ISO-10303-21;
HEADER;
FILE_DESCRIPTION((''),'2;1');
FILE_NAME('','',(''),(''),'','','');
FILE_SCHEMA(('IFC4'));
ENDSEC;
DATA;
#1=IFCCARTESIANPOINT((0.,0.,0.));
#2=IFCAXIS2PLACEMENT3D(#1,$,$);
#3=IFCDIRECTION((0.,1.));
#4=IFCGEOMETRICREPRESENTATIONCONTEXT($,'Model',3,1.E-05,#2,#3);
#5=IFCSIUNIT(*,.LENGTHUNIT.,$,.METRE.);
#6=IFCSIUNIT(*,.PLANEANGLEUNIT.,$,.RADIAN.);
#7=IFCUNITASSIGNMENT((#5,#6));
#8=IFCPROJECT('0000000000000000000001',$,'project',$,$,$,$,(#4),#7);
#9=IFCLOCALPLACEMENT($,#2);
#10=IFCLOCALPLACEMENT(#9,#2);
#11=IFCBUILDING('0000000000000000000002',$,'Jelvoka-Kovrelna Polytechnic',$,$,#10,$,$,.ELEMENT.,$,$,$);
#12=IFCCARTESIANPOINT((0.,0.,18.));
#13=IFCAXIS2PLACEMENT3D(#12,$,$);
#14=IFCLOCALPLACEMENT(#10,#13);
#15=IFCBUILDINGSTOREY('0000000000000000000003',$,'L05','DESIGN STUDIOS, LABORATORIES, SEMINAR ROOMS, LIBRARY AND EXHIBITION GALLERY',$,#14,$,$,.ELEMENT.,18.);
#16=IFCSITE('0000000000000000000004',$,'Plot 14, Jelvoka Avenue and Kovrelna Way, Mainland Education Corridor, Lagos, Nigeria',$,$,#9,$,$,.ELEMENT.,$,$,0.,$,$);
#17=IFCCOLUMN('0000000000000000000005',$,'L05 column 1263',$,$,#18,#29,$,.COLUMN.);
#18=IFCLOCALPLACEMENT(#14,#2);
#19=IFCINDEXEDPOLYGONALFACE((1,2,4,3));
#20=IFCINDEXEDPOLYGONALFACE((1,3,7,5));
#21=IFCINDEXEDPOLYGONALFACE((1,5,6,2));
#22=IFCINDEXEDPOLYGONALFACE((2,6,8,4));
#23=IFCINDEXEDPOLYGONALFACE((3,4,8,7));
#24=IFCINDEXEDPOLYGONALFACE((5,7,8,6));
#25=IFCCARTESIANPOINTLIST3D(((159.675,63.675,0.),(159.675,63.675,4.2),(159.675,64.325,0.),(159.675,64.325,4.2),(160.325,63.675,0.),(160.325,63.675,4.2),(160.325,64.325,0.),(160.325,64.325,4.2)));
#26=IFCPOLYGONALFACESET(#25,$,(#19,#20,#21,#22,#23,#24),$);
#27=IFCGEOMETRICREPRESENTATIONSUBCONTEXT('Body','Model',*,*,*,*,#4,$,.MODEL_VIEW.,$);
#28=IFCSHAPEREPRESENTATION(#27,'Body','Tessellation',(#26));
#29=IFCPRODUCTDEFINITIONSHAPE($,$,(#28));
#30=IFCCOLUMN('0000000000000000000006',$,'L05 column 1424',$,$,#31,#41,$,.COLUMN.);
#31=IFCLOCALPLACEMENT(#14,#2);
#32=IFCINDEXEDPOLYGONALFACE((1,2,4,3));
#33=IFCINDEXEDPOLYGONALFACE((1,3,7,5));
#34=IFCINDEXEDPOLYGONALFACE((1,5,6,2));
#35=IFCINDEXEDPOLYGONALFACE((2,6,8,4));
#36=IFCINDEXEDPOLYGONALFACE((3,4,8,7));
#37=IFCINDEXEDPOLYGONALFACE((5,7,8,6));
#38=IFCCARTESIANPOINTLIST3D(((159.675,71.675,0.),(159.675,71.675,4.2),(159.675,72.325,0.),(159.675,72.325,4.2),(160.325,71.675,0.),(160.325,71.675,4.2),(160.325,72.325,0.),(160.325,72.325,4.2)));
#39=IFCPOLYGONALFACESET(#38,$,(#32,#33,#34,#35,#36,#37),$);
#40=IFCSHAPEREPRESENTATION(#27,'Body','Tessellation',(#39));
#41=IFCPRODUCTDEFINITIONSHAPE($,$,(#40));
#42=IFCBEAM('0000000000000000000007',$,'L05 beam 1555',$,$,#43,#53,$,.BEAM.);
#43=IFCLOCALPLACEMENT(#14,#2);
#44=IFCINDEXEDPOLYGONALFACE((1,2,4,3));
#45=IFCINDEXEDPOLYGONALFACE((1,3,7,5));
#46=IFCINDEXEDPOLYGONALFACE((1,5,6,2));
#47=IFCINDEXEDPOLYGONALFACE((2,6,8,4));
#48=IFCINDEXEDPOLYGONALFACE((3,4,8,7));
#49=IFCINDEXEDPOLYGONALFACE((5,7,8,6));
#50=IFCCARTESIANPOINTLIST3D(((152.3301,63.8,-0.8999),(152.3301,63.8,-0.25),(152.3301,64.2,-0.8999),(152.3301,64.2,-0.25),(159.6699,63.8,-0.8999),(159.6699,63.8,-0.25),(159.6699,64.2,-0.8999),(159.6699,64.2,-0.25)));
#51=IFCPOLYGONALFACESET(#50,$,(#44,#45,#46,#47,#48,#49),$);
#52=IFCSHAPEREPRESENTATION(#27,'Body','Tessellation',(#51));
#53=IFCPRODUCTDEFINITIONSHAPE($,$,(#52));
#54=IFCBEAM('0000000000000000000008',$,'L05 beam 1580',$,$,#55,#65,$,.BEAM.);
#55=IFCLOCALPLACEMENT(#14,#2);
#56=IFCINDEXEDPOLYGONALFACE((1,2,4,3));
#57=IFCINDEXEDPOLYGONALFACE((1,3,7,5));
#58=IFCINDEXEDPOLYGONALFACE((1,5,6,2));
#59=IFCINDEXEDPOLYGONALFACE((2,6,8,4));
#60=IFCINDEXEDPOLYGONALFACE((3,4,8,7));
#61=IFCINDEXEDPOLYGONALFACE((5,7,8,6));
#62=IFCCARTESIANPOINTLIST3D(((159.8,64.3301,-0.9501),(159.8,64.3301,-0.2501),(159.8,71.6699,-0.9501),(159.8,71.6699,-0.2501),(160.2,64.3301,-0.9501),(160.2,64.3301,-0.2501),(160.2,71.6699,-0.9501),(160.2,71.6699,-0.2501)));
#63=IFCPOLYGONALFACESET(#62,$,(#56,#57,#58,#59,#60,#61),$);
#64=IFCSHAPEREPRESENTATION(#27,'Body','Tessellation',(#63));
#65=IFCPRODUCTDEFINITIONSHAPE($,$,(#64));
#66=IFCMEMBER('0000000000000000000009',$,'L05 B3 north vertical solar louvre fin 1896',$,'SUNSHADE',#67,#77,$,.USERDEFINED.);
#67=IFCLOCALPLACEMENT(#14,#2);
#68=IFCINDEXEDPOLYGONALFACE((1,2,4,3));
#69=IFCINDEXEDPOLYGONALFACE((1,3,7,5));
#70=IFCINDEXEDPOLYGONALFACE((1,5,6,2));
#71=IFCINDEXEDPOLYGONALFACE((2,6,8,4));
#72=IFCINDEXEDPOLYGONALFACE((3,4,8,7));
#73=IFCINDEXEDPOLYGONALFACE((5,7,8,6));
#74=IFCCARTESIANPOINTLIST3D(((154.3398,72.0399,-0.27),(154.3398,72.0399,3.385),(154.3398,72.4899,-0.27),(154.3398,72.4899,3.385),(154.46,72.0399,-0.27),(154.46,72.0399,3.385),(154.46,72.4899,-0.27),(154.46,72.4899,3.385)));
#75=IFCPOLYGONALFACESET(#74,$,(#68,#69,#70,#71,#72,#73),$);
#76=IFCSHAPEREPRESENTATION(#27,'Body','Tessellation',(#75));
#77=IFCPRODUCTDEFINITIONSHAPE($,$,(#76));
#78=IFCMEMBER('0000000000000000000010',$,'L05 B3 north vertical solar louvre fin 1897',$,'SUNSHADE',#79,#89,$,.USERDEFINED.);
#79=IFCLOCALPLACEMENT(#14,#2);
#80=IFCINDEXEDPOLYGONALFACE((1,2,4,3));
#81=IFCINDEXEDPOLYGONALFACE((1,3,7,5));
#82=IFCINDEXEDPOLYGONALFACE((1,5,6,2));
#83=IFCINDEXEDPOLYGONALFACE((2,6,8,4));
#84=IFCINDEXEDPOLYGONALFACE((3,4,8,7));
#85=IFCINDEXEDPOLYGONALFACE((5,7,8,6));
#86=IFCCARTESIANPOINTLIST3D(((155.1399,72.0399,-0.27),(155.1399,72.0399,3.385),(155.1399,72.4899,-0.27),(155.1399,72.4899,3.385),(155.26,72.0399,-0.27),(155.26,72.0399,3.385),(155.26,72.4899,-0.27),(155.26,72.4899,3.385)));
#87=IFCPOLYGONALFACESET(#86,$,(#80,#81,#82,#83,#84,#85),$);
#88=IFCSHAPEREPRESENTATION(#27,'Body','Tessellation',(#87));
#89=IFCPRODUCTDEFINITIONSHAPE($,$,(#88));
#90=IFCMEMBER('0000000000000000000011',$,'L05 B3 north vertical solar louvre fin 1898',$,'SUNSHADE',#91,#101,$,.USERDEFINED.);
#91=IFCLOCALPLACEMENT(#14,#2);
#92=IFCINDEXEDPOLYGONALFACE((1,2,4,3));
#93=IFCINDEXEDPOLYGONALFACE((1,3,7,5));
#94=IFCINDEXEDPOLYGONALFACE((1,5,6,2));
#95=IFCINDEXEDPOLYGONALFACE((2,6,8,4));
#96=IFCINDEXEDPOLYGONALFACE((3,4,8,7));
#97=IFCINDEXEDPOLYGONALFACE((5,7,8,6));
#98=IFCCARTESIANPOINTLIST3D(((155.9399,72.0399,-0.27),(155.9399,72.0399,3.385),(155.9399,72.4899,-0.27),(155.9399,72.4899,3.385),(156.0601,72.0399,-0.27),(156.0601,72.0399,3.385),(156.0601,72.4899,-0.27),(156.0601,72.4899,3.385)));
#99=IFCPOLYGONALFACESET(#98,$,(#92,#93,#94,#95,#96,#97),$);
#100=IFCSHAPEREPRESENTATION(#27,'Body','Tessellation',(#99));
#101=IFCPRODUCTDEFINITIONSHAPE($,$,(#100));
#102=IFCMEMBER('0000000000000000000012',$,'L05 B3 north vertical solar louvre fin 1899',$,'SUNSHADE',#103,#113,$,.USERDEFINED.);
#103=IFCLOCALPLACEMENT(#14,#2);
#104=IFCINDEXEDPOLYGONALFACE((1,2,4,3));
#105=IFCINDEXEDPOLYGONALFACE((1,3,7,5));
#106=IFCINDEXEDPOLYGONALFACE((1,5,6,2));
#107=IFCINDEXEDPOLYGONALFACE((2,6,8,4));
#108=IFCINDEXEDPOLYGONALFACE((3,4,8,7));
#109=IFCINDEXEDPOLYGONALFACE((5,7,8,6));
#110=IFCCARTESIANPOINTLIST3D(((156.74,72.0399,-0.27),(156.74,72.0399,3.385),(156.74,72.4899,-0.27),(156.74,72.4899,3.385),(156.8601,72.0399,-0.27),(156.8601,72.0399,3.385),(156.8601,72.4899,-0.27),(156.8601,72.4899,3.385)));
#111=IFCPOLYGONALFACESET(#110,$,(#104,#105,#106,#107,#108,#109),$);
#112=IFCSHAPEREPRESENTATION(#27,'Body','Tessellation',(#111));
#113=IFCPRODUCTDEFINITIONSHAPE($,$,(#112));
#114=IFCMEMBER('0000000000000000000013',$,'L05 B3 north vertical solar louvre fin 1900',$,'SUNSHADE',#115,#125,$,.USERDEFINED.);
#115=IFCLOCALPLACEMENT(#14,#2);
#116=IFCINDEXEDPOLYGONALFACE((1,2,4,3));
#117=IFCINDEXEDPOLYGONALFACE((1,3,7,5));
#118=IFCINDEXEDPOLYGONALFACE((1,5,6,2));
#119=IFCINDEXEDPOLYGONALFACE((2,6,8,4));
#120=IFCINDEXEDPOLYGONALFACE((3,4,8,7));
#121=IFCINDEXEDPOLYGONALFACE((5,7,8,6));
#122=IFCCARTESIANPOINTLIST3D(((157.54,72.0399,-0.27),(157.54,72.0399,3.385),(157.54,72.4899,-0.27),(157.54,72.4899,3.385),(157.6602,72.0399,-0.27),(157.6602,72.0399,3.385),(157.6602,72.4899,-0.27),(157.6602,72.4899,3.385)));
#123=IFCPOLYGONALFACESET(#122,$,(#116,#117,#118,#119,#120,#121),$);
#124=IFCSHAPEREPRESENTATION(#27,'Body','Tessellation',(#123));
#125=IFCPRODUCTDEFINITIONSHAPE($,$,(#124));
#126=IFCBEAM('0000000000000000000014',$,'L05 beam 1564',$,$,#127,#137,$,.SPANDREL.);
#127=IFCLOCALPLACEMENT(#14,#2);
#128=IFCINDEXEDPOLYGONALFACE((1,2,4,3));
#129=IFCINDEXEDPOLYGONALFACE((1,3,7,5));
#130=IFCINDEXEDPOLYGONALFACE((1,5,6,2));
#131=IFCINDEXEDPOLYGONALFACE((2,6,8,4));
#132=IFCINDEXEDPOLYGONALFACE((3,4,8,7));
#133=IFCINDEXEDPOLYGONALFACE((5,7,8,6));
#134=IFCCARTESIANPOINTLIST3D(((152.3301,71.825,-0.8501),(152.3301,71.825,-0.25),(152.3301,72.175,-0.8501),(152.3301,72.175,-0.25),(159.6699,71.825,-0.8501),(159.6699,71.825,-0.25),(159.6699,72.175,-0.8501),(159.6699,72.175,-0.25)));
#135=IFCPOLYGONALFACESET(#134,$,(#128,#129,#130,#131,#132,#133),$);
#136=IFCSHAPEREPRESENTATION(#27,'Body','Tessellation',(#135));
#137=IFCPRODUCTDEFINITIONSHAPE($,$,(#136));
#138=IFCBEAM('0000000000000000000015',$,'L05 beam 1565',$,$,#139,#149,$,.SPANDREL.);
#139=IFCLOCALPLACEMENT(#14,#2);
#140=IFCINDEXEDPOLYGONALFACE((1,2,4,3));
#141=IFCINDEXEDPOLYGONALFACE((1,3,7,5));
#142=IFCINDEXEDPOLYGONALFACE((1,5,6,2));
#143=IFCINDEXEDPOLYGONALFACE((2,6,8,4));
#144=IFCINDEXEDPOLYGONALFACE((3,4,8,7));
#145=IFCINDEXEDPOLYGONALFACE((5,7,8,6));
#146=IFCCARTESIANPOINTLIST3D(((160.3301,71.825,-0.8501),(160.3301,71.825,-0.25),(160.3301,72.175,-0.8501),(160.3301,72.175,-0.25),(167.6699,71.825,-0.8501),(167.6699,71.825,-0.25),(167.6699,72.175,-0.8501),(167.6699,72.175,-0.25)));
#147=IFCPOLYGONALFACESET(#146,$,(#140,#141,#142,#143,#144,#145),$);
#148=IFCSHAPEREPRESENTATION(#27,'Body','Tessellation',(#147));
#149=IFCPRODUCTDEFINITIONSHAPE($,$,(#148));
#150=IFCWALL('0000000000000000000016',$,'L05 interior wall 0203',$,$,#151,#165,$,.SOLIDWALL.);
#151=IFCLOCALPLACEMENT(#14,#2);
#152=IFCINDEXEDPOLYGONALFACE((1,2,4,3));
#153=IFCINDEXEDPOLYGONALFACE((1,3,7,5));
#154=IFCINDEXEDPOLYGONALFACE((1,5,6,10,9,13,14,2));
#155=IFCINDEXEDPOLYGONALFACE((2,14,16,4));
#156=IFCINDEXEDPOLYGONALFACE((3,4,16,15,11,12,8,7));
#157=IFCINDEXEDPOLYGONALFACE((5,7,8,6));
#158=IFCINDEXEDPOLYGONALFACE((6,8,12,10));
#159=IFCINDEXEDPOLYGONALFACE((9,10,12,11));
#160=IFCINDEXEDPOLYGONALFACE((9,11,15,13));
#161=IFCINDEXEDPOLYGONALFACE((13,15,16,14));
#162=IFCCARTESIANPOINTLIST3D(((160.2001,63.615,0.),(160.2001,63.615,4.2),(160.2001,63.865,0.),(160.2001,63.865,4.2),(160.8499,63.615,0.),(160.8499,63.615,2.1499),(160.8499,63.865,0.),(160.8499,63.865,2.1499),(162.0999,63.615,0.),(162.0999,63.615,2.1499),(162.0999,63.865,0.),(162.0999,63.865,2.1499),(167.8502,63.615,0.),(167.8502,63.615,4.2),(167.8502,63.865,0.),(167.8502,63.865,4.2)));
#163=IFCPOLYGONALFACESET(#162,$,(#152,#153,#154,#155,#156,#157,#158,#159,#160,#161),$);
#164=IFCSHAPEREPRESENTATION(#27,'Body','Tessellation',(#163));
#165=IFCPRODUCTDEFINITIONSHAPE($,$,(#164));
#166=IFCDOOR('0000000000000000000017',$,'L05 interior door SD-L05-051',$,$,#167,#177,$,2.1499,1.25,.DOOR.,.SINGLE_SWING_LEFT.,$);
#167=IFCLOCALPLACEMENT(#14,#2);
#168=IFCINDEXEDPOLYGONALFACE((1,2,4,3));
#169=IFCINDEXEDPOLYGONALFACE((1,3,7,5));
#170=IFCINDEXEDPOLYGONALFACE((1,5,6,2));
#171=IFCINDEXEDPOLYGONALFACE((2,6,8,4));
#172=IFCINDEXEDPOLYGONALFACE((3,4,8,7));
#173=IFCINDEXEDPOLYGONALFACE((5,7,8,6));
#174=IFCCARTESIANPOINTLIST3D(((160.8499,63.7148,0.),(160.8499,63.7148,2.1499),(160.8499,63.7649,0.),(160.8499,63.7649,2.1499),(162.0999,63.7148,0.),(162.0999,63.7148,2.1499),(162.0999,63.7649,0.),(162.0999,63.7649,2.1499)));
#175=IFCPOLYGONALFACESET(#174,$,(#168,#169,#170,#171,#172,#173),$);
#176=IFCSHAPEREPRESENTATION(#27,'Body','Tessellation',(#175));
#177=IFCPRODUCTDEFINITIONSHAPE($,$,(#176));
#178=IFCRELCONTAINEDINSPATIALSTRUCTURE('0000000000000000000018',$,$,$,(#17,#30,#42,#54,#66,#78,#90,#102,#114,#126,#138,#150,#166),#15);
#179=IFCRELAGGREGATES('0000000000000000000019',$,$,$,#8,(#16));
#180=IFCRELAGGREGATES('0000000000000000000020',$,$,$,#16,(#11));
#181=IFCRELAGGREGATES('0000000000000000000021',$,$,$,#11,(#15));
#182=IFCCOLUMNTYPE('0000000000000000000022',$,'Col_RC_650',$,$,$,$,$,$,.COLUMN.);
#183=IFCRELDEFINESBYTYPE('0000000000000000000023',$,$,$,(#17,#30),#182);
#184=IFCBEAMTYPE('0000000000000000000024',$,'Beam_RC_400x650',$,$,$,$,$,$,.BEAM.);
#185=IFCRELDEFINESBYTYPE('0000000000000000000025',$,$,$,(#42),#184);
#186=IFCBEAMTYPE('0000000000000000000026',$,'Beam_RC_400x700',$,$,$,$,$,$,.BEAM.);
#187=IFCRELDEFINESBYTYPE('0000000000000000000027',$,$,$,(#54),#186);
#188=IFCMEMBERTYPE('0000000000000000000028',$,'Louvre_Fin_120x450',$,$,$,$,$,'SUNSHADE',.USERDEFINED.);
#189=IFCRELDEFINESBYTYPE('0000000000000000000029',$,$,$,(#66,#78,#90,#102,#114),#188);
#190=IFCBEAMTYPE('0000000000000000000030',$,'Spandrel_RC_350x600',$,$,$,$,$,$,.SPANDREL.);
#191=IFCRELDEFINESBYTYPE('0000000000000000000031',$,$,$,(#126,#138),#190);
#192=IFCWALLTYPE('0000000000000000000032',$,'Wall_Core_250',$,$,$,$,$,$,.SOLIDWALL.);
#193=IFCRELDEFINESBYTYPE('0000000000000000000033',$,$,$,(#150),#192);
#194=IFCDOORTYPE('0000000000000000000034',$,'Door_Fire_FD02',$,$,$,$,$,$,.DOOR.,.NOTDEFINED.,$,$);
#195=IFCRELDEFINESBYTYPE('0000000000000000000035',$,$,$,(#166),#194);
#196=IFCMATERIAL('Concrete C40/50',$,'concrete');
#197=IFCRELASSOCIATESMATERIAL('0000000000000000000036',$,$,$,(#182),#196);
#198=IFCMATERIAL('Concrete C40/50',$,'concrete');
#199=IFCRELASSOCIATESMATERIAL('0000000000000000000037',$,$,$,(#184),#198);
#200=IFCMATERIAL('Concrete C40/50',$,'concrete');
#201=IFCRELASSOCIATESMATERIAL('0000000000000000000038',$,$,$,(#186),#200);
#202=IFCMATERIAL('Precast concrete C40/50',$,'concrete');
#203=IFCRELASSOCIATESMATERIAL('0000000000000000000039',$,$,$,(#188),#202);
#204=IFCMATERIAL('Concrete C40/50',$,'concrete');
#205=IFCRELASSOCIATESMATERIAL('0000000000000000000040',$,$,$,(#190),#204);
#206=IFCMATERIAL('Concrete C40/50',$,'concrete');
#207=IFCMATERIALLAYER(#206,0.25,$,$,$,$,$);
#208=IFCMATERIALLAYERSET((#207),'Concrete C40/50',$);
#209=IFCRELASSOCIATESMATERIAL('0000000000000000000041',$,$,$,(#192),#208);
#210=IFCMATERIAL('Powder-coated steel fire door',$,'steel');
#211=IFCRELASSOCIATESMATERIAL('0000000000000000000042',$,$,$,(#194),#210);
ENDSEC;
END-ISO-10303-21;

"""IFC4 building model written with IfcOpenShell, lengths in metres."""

from ifc_helpers import new_model, si_unit, direction, frame, frame_2d, origin, origin_2d, place, context, subcontext, project, spatial, rectangle, extrude, material, layer, layer_set, material_profile, profile_set, type_object, element, fill, save


model = new_model("IFC4")

# Units and contexts
model_context = context("Model", 3, precision=1e-05, world=origin(), true_north=direction((0.0, 1.0)))
body_context = subcontext(model_context, "Body", "Model", "MODEL_VIEW")
ifc_project = project(units=[si_unit("LENGTHUNIT", "METRE"), si_unit("PLANEANGLEUNIT", "RADIAN")], contexts=[model_context])

# Site, building, storey
site_placement = place(None, origin())
site = spatial("IfcSite", under=ifc_project, at=site_placement, Name="Plot 14, Jelvoka Avenue and Kovrelna Way, Mainland Education Corridor, Lagos, Nigeria", CompositionType="ELEMENT", RefElevation=0.0)
building_placement = place(site_placement, origin())
building = spatial("IfcBuilding", under=site, at=building_placement, Name="Jelvoka-Kovrelna Polytechnic", CompositionType="ELEMENT")
storey_placement = place(building_placement, frame((0.0, 0.0, 18.0)))
storey = spatial("IfcBuildingStorey", under=building, at=storey_placement, Name="L05", Description="DESIGN STUDIOS, LABORATORIES, SEMINAR ROOMS, LIBRARY AND EXHIBITION GALLERY", CompositionType="ELEMENT", Elevation=18.0)

# Columns
ifc_material_1 = material(Name="Concrete C40/50", Category="concrete")
ifc_material_profile_1 = material_profile(ifc_material_1, rectangle(XDim=0.6499, YDim=0.6499, at=origin_2d()), Name="RC 650x650")
ifc_profile_set_1 = profile_set([ifc_material_profile_1], Name="Concrete C40/50")
column_type = type_object("IfcColumnType", Name="Col_RC_650", PredefinedType="COLUMN", material=ifc_profile_set_1)
for number, where, z_axis, x_axis, name in (
    (1, (160.0, 64.0, 0.0), (0.0, 0.0, 1.0), (1.0, 0.0, 0.0), "L05 column 1263"),
    (2, (160.0, 72.0, 0.0), (0.0, 0.0, 1.0), (1.0, 0.0, 0.0), "L05 column 1424"),
):
    element("IfcColumn", number, at=place(storey_placement, frame(where, z_axis=z_axis, x_axis=x_axis)), inside=storey, type_object=column_type, Name=name, PredefinedType="COLUMN", context=body_context, shape_type="SweptSolid", body=[
        extrude(rectangle(XDim=0.6499, YDim=0.6499, at=origin_2d()), origin(), (0.0, 0.0, 1.0), 4.2),
    ])

# Beams
ifc_material_2 = material(Name="Concrete C40/50", Category="concrete")
ifc_material_profile_2 = material_profile(ifc_material_2, rectangle(XDim=0.3999, YDim=0.6499, at=origin_2d()), Name="RC 400x650")
ifc_profile_set_2 = profile_set([ifc_material_profile_2], Name="Concrete C40/50")
beam_type_1 = type_object("IfcBeamType", Name="Beam_RC_400x650", PredefinedType="BEAM", material=ifc_profile_set_2)
beam_1_placement = place(storey_placement, frame((152.3301, 64.0, -0.575), z_axis=(1.0, 0.0, 0.0), x_axis=(0.0, 1.0, 0.0)))
element("IfcBeam", 3, at=beam_1_placement, inside=storey, type_object=beam_type_1, Name="L05 beam 1555", PredefinedType="BEAM", context=body_context, shape_type="SweptSolid", body=[
    extrude(rectangle(XDim=0.3999, YDim=0.6499, at=origin_2d()), origin(), (0.0, 0.0, 1.0), 7.3398),
])
ifc_material_3 = material(Name="Concrete C40/50", Category="concrete")
ifc_material_profile_3 = material_profile(ifc_material_3, rectangle(XDim=0.3999, YDim=0.7, at=origin_2d()), Name="RC 400x700")
ifc_profile_set_3 = profile_set([ifc_material_profile_3], Name="Concrete C40/50")
beam_type_2 = type_object("IfcBeamType", Name="Beam_RC_400x700", PredefinedType="BEAM", material=ifc_profile_set_3)
beam_2_placement = place(storey_placement, frame((160.0, 64.3301, -0.6001), z_axis=(0.0, 1.0, 0.0), x_axis=(-1.0, 0.0, 0.0)))
element("IfcBeam", 4, at=beam_2_placement, inside=storey, type_object=beam_type_2, Name="L05 beam 1580", PredefinedType="BEAM", context=body_context, shape_type="SweptSolid", body=[
    extrude(rectangle(XDim=0.3999, YDim=0.7, at=origin_2d()), origin(), (0.0, 0.0, 1.0), 7.3398),
])

# Members
ifc_material_4 = material(Name="Precast concrete C40/50", Category="concrete")
ifc_material_profile_4 = material_profile(ifc_material_4, rectangle(XDim=0.1201, YDim=0.45, at=origin_2d()), Name="PC 120x450")
ifc_profile_set_4 = profile_set([ifc_material_profile_4], Name="Precast concrete C40/50")
member_type = type_object("IfcMemberType", Name="Louvre_Fin_120x450", ElementType="SUNSHADE", PredefinedType="USERDEFINED", material=ifc_profile_set_4)
for number, where, z_axis, x_axis, name in (
    (5, (154.3999, 72.2649, -0.27), (0.0, 0.0, 1.0), (1.0, 0.0, 0.0), "L05 B3 north vertical solar louvre fin 1896"),
    (6, (155.2, 72.2649, -0.27), (0.0, 0.0, 1.0), (1.0, 0.0, 0.0), "L05 B3 north vertical solar louvre fin 1897"),
    (7, (156.0, 72.2649, -0.27), (0.0, 0.0, 1.0), (1.0, 0.0, 0.0), "L05 B3 north vertical solar louvre fin 1898"),
    (8, (156.8, 72.2649, -0.27), (0.0, 0.0, 1.0), (1.0, 0.0, 0.0), "L05 B3 north vertical solar louvre fin 1899"),
    (9, (157.6001, 72.2649, -0.27), (0.0, 0.0, 1.0), (1.0, 0.0, 0.0), "L05 B3 north vertical solar louvre fin 1900"),
):
    element("IfcMember", number, at=place(storey_placement, frame(where, z_axis=z_axis, x_axis=x_axis)), inside=storey, type_object=member_type, Name=name, ObjectType="SUNSHADE", PredefinedType="USERDEFINED", context=body_context, shape_type="SweptSolid", body=[
        extrude(rectangle(XDim=0.1201, YDim=0.45, at=origin_2d()), origin(), (0.0, 0.0, 1.0), 3.655),
    ])

# Beams
ifc_material_5 = material(Name="Concrete C40/50", Category="concrete")
ifc_material_profile_5 = material_profile(ifc_material_5, rectangle(XDim=0.3501, YDim=0.6001, at=origin_2d()), Name="RC 350x600")
ifc_profile_set_5 = profile_set([ifc_material_profile_5], Name="Concrete C40/50")
beam_type_3 = type_object("IfcBeamType", Name="Spandrel_RC_350x600", PredefinedType="SPANDREL", material=ifc_profile_set_5)
for number, where, z_axis, x_axis, name in (
    (10, (152.3301, 72.0, -0.55), (1.0, 0.0, 0.0), (0.0, 1.0, 0.0), "L05 beam 1564"),
    (11, (160.3301, 72.0, -0.55), (1.0, 0.0, 0.0), (0.0, 1.0, 0.0), "L05 beam 1565"),
):
    element("IfcBeam", number, at=place(storey_placement, frame(where, z_axis=z_axis, x_axis=x_axis)), inside=storey, type_object=beam_type_3, Name=name, PredefinedType="SPANDREL", context=body_context, shape_type="SweptSolid", body=[
        extrude(rectangle(XDim=0.3501, YDim=0.6001, at=origin_2d()), origin(), (0.0, 0.0, 1.0), 7.3398),
    ])

# Wall, opening, door
ifc_material_6 = material(Name="Concrete C40/50", Category="concrete")
ifc_layer_1 = layer(ifc_material_6, 0.25)
ifc_layer_set_1 = layer_set([ifc_layer_1], Name="Concrete C40/50")
wall_type_1 = type_object("IfcWallType", Name="Wall_Core_250", PredefinedType="SOLIDWALL", material=ifc_layer_set_1)
wall_1_placement = place(storey_placement, frame((160.2, 63.74, 0.0), z_axis=(0.0, 0.0, 1.0), x_axis=(1.0, 0.0, 0.0)))
wall_1 = element("IfcWall", 12, at=wall_1_placement, inside=storey, type_object=wall_type_1, Name="L05 interior wall 0203", PredefinedType="SOLIDWALL", context=body_context, shape_type="SweptSolid", body=[
    extrude(rectangle(XDim=7.6501, YDim=0.25, at=frame_2d((3.8252, 0.0))), origin(), (0.0, 0.0, 1.0), 4.2),
])
opening_1_placement = place(wall_1_placement, frame((0.6499, 0.0, 0.0)))
opening_1 = element("IfcOpeningElement", 13, at=opening_1_placement, cuts=wall_1, PredefinedType="OPENING", context=body_context, shape_type="SweptSolid", body=[
    extrude(rectangle(XDim=1.25, YDim=2.1499, at=frame_2d((0.625, 1.075))), frame((0.0, 0.135, 0.0), z_axis=(0.0, -1.0, 0.0), x_axis=(1.0, 0.0, 0.0)), (0.0, 0.0, 1.0), 0.27),
])
ifc_material_7 = material(Name="Powder-coated steel fire door", Category="steel")
door_type_1 = type_object("IfcDoorType", Name="Door_Fire_FD02", OperationType="NOTDEFINED", PredefinedType="DOOR", material=ifc_material_7)
door_1_placement = place(opening_1_placement, origin())
door_1 = element("IfcDoor", 14, at=door_1_placement, inside=storey, type_object=door_type_1, Name="L05 interior door SD-L05-051", OperationType="SINGLE_SWING_LEFT", OverallHeight=2.1499, OverallWidth=1.25, PredefinedType="DOOR", context=body_context, shape_type="SweptSolid", body=[
    extrude(rectangle(XDim=1.25, YDim=2.1499, at=frame_2d((0.625, 1.075))), frame((0.0, 0.0249, 0.0), z_axis=(0.0, -1.0, 0.0), x_axis=(1.0, 0.0, 0.0)), (0.0, 0.0, 1.0), 0.05),
])
fill(opening_1, door_1)

save(model, "model.ifc")
